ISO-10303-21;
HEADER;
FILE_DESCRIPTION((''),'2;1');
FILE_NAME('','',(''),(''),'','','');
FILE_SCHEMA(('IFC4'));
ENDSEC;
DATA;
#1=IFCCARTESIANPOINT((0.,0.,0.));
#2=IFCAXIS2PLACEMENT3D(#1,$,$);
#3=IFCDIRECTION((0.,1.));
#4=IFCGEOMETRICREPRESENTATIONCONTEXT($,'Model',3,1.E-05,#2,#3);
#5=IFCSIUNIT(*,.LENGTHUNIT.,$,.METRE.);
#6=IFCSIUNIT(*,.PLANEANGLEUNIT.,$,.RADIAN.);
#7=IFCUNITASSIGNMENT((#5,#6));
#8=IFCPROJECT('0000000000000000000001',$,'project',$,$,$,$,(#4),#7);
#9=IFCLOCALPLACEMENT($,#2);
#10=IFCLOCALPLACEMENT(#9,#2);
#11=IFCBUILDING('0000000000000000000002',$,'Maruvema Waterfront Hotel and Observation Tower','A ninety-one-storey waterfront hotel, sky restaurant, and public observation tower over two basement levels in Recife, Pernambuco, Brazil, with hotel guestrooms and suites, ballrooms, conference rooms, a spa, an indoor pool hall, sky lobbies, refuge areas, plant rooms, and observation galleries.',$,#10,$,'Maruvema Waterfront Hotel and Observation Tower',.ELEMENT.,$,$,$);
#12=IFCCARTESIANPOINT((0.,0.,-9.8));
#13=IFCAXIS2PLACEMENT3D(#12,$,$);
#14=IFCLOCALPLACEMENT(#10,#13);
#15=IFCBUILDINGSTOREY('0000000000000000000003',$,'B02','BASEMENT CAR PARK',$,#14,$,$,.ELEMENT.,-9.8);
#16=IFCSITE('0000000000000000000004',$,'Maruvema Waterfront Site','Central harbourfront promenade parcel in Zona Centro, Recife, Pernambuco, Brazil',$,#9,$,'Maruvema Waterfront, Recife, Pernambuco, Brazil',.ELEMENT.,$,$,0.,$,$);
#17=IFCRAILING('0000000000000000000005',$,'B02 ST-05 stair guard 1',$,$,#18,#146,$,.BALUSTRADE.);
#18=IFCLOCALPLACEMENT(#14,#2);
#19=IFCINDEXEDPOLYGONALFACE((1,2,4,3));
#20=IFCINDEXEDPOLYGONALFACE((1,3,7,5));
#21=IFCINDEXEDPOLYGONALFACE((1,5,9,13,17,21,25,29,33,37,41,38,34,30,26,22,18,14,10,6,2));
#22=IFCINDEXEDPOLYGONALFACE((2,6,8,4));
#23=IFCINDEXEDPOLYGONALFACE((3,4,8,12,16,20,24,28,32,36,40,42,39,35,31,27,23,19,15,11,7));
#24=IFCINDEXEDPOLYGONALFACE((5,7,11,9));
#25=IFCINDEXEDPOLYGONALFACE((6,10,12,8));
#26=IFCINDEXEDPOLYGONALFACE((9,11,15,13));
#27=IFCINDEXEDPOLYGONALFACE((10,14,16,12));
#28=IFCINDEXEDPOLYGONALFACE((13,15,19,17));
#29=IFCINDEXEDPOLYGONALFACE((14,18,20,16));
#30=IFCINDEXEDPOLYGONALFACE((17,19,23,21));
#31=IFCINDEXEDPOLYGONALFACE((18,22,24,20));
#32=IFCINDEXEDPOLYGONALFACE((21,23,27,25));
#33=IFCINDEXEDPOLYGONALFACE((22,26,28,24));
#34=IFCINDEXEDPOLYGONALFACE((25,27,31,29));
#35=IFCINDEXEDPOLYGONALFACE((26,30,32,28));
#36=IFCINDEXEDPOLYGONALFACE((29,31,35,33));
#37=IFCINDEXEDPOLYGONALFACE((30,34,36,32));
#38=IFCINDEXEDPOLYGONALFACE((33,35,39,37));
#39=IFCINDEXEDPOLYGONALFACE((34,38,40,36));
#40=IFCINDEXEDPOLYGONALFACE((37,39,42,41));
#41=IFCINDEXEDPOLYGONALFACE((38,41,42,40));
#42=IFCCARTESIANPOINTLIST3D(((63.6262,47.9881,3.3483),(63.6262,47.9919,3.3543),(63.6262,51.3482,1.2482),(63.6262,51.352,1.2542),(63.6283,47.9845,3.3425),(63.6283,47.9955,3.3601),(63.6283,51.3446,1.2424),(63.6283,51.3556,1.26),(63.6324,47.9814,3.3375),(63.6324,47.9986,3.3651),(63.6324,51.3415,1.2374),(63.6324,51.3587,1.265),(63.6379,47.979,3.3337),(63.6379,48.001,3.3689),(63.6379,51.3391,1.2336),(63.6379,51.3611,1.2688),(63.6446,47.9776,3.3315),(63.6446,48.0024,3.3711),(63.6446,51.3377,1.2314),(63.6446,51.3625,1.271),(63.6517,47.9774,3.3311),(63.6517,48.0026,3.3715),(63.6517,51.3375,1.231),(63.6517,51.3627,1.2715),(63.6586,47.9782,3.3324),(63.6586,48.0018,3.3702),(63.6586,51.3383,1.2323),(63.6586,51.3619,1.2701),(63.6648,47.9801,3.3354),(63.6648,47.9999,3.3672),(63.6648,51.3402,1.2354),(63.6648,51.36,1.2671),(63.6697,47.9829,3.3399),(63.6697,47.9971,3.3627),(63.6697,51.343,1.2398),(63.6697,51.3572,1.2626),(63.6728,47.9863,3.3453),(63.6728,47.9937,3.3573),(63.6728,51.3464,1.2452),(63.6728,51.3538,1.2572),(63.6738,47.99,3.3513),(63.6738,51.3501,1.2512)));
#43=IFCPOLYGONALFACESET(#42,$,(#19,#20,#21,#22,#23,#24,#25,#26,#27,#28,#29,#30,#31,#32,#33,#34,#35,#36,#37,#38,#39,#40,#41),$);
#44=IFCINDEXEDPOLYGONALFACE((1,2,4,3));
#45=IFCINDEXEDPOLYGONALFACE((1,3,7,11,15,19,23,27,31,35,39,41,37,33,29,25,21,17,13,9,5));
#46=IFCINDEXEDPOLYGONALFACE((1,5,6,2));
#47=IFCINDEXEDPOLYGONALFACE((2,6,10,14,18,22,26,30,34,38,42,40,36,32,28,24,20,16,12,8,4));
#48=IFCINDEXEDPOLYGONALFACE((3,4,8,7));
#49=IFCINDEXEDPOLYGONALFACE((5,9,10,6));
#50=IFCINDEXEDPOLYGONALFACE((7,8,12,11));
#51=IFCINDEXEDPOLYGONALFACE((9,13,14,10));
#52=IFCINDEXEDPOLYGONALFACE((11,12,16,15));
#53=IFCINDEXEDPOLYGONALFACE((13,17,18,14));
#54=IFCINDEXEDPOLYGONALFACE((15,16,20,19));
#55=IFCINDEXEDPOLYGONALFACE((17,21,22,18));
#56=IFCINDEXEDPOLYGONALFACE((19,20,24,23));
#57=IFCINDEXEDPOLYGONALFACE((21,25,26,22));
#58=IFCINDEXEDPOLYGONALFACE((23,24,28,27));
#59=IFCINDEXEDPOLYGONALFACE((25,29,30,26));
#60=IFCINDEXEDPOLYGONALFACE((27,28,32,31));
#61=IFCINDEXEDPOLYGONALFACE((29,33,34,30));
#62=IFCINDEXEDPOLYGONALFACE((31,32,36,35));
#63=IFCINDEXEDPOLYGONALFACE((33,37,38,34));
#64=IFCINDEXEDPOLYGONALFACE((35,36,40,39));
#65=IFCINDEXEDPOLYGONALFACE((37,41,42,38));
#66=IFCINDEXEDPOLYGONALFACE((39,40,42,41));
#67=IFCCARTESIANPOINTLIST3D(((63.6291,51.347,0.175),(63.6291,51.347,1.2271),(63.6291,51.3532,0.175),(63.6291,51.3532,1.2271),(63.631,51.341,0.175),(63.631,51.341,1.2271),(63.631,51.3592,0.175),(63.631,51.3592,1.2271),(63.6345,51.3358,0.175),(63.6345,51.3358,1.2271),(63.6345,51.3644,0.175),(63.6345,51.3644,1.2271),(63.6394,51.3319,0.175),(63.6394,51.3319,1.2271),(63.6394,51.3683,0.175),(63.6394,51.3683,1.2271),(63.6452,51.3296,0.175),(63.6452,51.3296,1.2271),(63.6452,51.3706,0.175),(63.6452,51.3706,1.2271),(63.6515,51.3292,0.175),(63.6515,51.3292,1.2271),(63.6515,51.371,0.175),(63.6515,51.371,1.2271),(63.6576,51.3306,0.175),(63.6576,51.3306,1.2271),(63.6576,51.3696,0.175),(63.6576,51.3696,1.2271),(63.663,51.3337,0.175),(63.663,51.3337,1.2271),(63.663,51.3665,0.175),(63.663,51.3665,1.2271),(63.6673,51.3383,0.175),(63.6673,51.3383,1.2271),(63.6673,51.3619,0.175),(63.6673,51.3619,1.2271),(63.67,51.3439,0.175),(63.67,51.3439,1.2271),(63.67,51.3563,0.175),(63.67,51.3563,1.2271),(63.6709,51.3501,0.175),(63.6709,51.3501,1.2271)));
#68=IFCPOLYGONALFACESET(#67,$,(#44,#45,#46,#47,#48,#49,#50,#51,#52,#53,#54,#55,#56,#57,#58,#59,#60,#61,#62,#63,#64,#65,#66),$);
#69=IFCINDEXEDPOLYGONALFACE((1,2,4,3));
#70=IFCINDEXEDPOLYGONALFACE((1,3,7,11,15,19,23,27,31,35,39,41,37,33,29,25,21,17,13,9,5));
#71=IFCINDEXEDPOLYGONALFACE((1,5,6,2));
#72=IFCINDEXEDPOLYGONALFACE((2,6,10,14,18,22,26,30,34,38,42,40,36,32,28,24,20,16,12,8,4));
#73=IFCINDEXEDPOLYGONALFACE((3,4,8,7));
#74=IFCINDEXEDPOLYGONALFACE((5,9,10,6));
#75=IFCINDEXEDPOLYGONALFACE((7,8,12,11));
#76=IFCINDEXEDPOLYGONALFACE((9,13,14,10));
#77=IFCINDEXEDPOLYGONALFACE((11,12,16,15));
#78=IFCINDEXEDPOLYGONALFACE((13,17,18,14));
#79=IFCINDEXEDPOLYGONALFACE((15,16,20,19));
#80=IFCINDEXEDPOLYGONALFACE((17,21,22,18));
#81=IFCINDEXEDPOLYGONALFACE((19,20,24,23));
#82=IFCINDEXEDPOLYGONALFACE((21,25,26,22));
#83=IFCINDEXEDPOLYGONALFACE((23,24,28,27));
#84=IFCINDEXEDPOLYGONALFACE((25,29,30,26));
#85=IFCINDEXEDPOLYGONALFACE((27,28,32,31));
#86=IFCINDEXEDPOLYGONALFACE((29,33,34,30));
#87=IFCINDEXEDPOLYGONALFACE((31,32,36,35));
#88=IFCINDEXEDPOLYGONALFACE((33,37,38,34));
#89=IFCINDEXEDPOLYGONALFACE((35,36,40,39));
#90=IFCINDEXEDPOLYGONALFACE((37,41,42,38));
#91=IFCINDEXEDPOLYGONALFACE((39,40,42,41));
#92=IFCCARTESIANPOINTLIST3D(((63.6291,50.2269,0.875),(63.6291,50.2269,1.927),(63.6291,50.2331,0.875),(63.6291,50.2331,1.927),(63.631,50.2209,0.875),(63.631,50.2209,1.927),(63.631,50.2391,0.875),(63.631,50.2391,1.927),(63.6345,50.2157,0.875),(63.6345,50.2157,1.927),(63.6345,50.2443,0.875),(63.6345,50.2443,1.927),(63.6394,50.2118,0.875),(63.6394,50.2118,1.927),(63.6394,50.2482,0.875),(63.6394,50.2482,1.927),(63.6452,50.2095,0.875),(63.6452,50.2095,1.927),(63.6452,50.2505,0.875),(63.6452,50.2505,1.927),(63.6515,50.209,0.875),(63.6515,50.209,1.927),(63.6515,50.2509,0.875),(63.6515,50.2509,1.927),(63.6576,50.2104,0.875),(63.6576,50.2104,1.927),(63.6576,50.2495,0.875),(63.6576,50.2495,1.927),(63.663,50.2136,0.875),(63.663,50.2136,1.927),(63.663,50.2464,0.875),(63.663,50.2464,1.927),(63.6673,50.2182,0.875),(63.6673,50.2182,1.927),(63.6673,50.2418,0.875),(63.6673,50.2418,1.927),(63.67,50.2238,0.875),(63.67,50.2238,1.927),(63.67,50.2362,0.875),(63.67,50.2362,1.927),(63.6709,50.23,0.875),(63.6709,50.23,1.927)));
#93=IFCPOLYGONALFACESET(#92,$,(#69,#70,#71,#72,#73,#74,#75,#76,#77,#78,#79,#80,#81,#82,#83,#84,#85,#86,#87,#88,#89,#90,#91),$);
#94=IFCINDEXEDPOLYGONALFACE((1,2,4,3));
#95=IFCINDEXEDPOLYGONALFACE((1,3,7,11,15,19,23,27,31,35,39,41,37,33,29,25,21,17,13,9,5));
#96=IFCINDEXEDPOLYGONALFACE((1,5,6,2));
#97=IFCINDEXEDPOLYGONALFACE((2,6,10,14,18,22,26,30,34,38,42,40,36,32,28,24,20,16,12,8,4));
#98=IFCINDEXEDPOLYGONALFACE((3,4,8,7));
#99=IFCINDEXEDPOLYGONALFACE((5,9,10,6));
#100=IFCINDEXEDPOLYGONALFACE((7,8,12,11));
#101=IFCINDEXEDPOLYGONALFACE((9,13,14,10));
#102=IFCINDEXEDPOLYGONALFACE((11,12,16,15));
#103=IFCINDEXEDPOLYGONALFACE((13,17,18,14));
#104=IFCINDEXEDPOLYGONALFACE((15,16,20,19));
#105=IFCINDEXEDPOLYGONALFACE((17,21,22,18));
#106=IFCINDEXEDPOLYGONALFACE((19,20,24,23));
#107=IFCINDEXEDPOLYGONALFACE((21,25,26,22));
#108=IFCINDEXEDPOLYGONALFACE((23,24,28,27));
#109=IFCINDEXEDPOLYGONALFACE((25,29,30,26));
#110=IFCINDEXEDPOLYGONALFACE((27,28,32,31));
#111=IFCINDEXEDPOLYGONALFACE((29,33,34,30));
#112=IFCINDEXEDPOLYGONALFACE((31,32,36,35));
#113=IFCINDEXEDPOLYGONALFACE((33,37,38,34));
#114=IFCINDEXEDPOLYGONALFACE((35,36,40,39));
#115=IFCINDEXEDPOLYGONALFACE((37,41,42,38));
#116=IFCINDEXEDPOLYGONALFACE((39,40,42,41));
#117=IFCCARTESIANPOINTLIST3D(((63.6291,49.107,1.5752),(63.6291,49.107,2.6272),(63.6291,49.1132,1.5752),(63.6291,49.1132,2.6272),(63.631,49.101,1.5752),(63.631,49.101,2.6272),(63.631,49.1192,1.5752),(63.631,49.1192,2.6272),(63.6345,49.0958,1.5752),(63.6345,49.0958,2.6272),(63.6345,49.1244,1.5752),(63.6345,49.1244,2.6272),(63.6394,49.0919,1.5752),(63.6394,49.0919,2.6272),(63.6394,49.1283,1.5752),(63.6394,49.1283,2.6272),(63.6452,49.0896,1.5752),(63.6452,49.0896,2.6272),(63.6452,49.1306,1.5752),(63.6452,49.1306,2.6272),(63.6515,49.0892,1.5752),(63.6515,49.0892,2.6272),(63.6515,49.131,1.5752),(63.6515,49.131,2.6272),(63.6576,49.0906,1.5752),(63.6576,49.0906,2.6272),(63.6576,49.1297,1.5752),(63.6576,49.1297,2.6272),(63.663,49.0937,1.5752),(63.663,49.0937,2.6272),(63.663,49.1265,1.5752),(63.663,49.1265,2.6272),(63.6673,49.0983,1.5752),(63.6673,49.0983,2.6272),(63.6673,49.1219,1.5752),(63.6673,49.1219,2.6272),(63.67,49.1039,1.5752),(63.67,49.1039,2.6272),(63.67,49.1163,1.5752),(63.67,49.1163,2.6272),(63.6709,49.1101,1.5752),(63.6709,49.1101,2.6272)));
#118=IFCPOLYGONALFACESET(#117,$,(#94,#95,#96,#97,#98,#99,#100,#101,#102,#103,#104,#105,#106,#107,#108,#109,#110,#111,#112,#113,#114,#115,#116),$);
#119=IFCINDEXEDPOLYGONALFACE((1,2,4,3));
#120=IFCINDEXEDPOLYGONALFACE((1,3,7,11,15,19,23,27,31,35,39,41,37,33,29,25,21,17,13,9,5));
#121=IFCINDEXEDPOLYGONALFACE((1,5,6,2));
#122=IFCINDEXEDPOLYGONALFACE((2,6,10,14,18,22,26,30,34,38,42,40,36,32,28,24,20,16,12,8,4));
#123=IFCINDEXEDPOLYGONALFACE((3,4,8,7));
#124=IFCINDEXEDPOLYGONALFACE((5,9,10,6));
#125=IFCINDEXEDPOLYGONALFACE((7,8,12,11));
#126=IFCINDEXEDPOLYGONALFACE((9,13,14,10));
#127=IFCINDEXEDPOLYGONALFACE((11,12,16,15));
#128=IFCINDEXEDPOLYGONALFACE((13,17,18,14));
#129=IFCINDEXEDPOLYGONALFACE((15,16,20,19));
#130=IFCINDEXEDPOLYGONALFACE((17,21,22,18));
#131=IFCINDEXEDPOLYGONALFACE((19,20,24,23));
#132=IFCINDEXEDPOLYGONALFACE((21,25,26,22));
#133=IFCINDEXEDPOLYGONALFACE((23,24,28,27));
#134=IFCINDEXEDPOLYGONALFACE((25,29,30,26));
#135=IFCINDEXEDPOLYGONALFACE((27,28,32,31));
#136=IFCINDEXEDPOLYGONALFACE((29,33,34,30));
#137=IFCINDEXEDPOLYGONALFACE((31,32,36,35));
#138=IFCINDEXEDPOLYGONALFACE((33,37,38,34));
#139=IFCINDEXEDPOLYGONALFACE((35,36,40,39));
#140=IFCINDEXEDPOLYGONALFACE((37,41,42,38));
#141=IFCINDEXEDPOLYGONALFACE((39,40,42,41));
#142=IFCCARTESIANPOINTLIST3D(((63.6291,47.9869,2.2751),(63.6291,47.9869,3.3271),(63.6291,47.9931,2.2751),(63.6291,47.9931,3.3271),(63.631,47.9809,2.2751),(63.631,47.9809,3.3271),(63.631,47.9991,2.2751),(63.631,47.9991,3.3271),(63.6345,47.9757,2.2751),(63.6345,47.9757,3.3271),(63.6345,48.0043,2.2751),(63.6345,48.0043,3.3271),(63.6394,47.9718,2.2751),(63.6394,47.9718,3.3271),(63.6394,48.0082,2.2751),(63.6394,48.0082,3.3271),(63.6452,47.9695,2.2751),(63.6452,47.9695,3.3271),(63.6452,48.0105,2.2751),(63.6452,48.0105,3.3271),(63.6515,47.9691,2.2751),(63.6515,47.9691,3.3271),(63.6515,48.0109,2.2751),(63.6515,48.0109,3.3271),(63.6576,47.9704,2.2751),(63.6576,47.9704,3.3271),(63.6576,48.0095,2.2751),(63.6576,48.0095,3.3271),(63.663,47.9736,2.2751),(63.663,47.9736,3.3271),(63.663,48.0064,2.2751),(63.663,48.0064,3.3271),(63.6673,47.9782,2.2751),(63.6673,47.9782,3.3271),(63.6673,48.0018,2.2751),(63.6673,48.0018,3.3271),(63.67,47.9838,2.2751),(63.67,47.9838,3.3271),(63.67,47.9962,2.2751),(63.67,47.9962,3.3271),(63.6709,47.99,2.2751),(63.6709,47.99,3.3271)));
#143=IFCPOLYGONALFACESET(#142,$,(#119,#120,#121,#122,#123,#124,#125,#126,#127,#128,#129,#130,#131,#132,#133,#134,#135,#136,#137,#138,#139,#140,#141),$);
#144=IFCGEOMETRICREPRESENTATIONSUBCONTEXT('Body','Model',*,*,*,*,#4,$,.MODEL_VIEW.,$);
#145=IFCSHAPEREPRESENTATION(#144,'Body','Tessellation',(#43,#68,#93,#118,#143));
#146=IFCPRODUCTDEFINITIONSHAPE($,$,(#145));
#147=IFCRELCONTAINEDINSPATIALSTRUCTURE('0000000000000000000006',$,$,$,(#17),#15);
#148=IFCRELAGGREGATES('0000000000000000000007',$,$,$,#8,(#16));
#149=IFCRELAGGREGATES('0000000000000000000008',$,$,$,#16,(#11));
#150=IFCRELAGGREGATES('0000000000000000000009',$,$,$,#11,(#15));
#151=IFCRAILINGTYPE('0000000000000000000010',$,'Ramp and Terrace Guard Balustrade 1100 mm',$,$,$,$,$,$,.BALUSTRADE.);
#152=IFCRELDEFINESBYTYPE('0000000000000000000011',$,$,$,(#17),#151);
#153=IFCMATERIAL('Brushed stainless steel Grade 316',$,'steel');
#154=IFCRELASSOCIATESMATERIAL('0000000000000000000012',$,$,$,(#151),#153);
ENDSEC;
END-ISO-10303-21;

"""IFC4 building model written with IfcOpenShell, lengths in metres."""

from ifc_helpers import new_model, si_unit, direction, frame, origin, origin_2d, place, context, subcontext, project, spatial, circle, extrude, material, type_object, element, save


model = new_model("IFC4")

# Units and contexts
model_context = context("Model", 3, precision=1e-05, world=origin(), true_north=direction((0.0, 1.0)))
body_context = subcontext(model_context, "Body", "Model", "MODEL_VIEW")
ifc_project = project(units=[si_unit("LENGTHUNIT", "METRE"), si_unit("PLANEANGLEUNIT", "RADIAN")], contexts=[model_context])

# Site, building, storey
site_placement = place(None, origin())
site = spatial("IfcSite", under=ifc_project, at=site_placement, Name="Maruvema Waterfront Site", Description="Central harbourfront promenade parcel in Zona Centro, Recife, Pernambuco, Brazil", LongName="Maruvema Waterfront, Recife, Pernambuco, Brazil", CompositionType="ELEMENT", RefElevation=0.0)
building_placement = place(site_placement, origin())
building = spatial("IfcBuilding", under=site, at=building_placement, Name="Maruvema Waterfront Hotel and Observation Tower", Description="A ninety-one-storey waterfront hotel, sky restaurant, and public observation tower over two basement levels in Recife, Pernambuco, Brazil, with hotel guestrooms and suites, ballrooms, conference rooms, a spa, an indoor pool hall, sky lobbies, refuge areas, plant rooms, and observation galleries.", LongName="Maruvema Waterfront Hotel and Observation Tower", CompositionType="ELEMENT")
storey_placement = place(building_placement, frame((0.0, 0.0, -9.8)))
storey = spatial("IfcBuildingStorey", under=building, at=storey_placement, Name="B02", Description="BASEMENT CAR PARK", CompositionType="ELEMENT", Elevation=-9.8)

# Railing
ifc_material_1 = material(Name="Brushed stainless steel Grade 316", Category="steel")
railing_type_1 = type_object("IfcRailingType", Name="Ramp and Terrace Guard Balustrade 1100 mm", PredefinedType="BALUSTRADE", material=ifc_material_1)
railing_1_placement = place(storey_placement, frame((63.6499, 51.3501, 0.175)))
element("IfcRailing", 1, at=railing_1_placement, inside=storey, type_object=railing_type_1, Name="B02 ST-05 stair guard 1", PredefinedType="BALUSTRADE", context=body_context, shape_type="SweptSolid", body=[
    extrude(circle(Radius=0.0239, at=origin_2d()), frame((0.0, 0.0, 1.0762), z_axis=(0.0, -0.847995, 0.530004), x_axis=(1.0, 0.0, 0.0)), (0.0, 0.0, 1.0), 3.9624),
    extrude(circle(Radius=0.021, at=origin_2d()), origin(), (0.0, 0.0, 1.0), 1.052),
    extrude(circle(Radius=0.021, at=origin_2d()), frame((0.0, -1.1201, 0.7)), (0.0, 0.0, 1.0), 1.052),
    extrude(circle(Radius=0.021, at=origin_2d()), frame((0.0, -2.24, 1.4001)), (0.0, 0.0, 1.0), 1.052),
    extrude(circle(Radius=0.021, at=origin_2d()), frame((0.0, -3.3601, 2.1001)), (0.0, 0.0, 1.0), 1.052),
])

save(model, "model.ifc")
